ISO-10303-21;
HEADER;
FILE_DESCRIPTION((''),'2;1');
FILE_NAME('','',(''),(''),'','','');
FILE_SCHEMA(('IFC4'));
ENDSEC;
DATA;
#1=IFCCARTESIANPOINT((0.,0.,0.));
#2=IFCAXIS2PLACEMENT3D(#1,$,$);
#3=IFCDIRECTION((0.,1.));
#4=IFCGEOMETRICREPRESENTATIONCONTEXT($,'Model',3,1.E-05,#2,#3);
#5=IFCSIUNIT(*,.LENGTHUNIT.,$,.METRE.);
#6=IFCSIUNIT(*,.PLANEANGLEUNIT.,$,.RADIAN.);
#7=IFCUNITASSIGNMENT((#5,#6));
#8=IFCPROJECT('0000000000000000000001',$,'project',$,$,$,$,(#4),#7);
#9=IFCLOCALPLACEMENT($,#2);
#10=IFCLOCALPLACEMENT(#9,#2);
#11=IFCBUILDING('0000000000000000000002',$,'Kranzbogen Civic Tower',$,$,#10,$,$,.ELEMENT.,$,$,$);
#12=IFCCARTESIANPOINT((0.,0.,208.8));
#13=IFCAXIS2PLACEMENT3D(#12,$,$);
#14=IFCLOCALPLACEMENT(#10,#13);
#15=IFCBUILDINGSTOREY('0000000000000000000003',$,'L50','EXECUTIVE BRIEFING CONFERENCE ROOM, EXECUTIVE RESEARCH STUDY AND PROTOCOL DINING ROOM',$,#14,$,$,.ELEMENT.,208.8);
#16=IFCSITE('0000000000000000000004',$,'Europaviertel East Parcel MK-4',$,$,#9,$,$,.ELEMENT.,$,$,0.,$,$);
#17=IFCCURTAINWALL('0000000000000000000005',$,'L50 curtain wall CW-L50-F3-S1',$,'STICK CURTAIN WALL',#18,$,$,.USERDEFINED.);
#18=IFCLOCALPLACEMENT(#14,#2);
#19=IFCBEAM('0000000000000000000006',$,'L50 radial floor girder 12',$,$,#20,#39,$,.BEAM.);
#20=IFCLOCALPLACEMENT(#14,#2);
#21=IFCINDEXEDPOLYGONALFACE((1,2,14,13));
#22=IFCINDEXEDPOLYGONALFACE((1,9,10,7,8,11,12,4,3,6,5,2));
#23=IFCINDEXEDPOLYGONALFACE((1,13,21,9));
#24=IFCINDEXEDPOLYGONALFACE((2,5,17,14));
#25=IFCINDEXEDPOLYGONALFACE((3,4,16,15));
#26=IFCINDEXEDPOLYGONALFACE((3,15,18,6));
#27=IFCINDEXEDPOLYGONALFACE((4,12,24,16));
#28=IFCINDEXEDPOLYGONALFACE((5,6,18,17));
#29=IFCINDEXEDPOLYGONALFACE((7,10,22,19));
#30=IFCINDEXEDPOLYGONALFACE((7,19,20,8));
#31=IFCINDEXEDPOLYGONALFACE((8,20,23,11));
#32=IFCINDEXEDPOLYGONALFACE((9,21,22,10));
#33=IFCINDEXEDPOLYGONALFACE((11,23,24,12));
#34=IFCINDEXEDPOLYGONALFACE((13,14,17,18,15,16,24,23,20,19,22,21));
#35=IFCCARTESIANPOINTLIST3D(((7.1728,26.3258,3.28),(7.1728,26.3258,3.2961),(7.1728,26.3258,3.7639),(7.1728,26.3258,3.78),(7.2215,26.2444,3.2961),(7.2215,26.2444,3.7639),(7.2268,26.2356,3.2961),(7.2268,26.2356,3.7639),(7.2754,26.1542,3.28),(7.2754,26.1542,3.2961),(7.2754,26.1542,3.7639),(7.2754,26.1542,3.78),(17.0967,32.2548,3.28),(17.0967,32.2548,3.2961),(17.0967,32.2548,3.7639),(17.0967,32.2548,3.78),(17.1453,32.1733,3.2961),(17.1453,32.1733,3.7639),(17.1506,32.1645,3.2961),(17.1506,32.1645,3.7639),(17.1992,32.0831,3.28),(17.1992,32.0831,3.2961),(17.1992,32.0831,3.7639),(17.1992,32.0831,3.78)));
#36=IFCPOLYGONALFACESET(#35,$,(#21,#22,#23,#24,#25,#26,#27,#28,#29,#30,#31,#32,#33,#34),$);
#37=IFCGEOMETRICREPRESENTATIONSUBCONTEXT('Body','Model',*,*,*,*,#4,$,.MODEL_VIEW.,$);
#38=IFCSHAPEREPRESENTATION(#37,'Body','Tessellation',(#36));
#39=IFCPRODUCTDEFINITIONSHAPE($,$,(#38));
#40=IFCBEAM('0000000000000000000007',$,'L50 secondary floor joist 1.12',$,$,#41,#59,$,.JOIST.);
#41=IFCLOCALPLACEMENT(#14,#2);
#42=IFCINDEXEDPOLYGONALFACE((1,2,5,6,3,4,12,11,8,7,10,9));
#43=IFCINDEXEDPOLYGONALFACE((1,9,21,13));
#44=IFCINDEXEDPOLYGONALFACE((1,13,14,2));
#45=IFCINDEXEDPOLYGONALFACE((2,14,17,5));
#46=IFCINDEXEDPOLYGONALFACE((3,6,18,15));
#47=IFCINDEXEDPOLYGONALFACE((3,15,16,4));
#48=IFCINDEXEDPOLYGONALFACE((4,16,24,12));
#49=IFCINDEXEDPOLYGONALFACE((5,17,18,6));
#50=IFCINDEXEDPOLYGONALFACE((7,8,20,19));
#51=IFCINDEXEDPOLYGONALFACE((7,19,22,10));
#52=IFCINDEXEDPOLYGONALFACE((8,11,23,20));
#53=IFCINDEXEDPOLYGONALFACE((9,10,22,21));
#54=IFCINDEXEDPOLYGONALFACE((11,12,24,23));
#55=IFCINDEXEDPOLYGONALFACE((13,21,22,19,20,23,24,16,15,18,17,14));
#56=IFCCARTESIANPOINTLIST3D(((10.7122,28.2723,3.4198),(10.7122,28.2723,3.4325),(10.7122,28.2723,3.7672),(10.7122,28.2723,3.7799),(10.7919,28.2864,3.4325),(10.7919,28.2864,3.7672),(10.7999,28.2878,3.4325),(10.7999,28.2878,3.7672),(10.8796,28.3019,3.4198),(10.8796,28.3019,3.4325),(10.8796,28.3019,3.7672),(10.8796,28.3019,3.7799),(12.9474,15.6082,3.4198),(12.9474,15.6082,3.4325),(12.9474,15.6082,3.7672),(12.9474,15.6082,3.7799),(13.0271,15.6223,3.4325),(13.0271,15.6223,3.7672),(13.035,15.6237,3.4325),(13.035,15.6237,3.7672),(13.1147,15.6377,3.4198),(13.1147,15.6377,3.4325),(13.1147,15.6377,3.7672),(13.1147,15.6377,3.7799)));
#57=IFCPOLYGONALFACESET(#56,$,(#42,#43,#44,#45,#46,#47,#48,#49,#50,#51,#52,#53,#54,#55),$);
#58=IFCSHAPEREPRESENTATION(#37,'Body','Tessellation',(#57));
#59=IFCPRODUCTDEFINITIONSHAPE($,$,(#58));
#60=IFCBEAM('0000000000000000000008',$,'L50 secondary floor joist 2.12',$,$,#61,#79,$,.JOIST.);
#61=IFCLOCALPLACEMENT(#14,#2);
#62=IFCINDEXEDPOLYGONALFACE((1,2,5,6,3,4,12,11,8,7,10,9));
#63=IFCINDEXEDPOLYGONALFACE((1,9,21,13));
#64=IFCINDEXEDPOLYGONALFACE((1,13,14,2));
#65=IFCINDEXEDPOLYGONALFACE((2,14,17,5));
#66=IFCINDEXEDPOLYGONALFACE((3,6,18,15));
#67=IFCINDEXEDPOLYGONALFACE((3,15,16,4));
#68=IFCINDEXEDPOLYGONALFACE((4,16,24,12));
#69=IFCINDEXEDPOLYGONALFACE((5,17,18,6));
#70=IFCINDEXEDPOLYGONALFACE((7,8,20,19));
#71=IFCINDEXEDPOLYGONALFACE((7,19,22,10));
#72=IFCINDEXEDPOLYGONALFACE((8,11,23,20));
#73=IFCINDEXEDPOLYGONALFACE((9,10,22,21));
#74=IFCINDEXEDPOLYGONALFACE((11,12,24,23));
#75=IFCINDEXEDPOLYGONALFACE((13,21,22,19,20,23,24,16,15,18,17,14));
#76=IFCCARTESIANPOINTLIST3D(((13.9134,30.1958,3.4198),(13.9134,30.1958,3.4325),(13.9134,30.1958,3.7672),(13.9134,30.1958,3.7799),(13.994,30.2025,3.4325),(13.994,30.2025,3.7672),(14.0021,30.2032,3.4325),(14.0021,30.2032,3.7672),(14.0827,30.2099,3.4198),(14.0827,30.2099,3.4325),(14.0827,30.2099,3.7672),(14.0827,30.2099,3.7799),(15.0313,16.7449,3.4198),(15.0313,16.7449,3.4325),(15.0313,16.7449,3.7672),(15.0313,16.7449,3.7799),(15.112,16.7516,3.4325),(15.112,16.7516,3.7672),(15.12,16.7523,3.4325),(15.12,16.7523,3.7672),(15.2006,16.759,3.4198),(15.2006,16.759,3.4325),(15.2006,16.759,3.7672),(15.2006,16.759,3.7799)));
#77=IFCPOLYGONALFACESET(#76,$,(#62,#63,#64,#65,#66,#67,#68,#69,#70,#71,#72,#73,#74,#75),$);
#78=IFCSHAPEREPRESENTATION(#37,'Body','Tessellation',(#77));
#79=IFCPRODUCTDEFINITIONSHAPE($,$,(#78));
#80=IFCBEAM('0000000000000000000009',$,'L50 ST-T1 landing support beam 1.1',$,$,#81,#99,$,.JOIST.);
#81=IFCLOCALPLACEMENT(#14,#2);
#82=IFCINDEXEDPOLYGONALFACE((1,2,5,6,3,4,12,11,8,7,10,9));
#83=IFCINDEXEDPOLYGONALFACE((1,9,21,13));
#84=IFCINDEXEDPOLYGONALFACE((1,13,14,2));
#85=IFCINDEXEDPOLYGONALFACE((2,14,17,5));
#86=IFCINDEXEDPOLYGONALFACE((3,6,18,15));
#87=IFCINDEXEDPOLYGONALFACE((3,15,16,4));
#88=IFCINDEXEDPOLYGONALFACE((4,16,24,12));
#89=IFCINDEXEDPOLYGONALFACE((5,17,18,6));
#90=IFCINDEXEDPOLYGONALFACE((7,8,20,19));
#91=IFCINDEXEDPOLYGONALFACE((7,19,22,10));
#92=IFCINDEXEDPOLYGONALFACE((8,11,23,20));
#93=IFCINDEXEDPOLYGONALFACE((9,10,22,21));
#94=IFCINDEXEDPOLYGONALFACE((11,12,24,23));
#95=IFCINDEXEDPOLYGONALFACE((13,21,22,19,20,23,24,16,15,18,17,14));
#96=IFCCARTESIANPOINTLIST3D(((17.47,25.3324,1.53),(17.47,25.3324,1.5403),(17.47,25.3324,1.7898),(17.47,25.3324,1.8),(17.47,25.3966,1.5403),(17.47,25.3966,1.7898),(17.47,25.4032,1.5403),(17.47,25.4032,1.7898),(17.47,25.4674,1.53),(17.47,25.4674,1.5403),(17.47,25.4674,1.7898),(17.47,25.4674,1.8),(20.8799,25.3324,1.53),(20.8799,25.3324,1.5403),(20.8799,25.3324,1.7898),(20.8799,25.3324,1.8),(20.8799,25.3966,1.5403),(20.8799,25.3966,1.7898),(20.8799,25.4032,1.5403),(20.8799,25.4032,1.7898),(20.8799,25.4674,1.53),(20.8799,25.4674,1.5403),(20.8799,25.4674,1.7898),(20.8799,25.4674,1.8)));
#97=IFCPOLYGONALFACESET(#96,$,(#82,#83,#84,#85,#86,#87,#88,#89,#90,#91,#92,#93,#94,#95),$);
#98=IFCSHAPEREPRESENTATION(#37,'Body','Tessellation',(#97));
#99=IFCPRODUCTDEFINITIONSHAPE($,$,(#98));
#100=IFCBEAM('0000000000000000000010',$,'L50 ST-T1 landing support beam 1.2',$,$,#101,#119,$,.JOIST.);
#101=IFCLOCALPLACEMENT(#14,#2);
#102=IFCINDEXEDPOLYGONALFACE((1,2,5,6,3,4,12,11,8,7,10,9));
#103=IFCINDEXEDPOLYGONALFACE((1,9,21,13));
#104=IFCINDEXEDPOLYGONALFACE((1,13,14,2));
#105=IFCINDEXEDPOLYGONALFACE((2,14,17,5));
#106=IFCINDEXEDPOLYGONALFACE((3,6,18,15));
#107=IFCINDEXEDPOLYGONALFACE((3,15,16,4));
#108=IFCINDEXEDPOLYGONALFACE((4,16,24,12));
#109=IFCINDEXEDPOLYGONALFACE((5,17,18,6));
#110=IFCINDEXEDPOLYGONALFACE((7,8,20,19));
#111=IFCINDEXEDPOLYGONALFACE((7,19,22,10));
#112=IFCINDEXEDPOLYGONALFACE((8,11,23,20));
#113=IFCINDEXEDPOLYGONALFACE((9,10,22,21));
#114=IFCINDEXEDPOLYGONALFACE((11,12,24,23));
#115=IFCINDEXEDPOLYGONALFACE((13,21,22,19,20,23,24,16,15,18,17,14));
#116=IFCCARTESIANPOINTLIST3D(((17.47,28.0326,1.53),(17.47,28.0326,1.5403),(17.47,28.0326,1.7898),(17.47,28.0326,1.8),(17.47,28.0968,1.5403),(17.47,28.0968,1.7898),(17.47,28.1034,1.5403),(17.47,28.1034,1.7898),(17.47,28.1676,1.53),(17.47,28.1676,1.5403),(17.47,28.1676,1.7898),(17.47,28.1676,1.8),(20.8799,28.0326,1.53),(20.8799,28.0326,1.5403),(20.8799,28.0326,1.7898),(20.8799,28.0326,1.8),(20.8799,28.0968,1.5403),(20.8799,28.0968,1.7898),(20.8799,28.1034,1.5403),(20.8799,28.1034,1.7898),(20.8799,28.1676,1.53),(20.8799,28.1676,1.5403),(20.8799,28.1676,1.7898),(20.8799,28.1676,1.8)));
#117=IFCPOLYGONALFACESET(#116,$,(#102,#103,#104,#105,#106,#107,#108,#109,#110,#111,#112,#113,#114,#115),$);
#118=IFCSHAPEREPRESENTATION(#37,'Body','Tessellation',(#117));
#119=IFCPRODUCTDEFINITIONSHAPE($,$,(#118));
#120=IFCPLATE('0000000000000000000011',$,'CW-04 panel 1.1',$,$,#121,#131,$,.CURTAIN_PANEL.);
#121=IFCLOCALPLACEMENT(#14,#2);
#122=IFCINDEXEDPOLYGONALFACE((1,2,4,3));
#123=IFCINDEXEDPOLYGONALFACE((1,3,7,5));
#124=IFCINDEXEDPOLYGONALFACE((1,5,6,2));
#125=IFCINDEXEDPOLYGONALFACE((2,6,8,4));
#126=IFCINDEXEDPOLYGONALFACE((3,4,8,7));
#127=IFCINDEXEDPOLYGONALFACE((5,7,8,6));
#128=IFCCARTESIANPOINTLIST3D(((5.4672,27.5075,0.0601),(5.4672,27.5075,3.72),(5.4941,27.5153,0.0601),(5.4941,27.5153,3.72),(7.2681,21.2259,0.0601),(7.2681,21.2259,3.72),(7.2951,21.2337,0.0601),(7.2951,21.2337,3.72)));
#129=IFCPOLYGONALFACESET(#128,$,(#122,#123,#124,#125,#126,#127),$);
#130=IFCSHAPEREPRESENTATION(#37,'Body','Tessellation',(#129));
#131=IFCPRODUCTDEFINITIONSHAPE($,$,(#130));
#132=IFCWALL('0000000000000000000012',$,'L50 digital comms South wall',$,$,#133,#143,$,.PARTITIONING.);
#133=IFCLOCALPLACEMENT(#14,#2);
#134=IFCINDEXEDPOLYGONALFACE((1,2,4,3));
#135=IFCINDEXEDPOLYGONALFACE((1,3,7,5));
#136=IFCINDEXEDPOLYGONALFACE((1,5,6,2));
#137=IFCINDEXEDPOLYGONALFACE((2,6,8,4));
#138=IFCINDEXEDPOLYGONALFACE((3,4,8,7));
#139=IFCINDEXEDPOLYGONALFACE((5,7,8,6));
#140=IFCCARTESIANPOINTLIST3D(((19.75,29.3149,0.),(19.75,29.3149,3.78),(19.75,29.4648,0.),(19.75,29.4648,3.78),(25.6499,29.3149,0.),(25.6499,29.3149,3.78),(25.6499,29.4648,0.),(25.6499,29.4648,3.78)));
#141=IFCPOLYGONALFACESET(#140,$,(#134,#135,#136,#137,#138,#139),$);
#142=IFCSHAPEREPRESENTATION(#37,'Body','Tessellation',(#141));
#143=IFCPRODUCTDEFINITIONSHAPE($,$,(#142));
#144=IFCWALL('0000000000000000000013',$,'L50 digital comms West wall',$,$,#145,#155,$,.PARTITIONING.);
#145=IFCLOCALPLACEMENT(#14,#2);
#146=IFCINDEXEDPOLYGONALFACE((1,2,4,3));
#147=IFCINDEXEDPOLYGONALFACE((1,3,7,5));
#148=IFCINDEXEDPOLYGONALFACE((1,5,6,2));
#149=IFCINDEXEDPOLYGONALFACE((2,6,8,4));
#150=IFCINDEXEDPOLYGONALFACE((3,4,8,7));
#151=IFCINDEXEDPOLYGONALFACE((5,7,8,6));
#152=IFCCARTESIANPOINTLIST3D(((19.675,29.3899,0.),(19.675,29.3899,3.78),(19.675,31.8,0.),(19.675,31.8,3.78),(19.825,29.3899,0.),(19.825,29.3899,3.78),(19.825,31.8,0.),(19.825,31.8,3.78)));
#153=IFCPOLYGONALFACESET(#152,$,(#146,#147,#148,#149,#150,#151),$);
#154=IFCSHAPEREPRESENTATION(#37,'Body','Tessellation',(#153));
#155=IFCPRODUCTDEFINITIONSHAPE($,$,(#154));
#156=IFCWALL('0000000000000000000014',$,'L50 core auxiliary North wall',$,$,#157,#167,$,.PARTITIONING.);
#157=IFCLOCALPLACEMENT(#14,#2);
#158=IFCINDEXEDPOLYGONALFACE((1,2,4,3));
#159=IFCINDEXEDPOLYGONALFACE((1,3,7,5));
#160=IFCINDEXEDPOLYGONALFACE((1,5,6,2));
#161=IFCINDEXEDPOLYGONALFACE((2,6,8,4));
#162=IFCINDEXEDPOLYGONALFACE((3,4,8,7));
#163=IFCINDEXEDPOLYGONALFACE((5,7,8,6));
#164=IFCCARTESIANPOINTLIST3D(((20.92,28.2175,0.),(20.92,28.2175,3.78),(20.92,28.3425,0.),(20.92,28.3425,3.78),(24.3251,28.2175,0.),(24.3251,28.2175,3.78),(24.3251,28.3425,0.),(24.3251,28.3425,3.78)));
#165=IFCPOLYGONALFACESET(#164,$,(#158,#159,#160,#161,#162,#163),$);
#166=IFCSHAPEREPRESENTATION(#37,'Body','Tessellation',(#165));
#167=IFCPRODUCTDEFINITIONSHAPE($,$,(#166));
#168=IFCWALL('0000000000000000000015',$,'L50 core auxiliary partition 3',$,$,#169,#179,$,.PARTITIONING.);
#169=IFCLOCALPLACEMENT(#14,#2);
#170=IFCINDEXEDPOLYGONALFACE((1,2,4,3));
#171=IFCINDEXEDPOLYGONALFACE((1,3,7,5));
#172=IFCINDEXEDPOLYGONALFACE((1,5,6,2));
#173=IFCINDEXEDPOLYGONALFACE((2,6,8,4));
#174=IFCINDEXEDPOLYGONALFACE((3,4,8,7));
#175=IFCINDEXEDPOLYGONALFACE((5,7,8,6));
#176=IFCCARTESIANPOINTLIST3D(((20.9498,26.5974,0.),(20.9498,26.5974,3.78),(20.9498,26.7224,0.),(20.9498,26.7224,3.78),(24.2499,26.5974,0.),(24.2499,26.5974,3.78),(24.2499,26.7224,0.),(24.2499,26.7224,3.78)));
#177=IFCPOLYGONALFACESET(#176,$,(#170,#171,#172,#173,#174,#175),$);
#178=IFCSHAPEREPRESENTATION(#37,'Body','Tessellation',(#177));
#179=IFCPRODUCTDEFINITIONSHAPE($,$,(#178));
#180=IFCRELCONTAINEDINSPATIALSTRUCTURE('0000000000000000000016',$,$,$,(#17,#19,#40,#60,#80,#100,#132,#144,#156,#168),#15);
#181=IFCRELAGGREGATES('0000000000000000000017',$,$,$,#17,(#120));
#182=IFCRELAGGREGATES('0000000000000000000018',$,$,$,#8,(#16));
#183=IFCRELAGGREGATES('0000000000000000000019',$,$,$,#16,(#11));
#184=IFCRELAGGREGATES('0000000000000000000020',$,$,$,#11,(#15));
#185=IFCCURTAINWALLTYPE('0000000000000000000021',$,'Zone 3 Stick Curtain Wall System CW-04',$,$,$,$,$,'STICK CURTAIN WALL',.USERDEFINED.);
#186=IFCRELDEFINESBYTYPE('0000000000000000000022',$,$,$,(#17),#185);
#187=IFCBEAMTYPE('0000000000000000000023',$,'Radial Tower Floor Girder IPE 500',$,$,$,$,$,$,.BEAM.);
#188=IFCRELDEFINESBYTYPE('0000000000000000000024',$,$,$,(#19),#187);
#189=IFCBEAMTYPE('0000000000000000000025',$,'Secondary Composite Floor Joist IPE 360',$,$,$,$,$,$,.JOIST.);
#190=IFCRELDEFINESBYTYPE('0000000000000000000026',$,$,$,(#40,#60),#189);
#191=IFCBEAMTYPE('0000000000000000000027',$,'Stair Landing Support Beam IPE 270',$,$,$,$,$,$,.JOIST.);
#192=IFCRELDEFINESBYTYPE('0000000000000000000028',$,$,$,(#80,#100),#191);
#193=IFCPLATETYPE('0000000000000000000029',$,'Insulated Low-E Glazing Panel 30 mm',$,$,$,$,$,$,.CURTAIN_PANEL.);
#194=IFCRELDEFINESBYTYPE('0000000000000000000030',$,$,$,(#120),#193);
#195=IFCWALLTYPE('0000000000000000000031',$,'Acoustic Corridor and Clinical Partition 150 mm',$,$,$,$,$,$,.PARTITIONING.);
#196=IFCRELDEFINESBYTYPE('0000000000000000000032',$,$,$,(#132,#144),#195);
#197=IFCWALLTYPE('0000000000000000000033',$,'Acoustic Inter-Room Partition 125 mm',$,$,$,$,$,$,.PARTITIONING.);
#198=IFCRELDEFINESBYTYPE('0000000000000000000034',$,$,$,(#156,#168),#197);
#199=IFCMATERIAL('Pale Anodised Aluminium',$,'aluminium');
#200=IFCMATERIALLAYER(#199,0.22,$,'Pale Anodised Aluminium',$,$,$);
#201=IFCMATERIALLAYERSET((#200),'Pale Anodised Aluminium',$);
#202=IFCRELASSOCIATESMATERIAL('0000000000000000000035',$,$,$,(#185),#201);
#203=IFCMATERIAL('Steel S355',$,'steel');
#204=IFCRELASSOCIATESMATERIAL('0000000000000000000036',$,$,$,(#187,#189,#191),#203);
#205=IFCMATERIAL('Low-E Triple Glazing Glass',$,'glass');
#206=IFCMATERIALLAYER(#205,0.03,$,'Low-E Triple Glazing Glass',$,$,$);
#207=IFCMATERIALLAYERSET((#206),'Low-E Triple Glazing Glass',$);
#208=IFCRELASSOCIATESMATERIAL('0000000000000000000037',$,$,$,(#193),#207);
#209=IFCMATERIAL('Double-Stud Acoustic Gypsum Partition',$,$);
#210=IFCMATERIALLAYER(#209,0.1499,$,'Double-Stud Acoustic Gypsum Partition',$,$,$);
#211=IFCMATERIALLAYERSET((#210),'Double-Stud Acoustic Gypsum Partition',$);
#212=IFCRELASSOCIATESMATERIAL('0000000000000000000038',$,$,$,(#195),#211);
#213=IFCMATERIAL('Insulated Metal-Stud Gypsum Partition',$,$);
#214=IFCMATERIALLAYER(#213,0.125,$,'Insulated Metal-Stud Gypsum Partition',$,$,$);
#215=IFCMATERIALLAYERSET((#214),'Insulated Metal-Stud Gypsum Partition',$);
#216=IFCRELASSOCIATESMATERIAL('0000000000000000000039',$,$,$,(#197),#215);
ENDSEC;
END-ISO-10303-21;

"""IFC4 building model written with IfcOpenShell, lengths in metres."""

from ifc_helpers import new_model, si_unit, direction, frame, frame_2d, origin, origin_2d, place, context, subcontext, project, spatial, rectangle, i_section, extrude, material, layer, layer_set, material_profile, profile_set, type_object, element, aggregate, save


model = new_model("IFC4")

# Units and contexts
model_context = context("Model", 3, precision=1e-05, world=origin(), true_north=direction((0.0, 1.0)))
body_context = subcontext(model_context, "Body", "Model", "MODEL_VIEW")
ifc_project = project(units=[si_unit("LENGTHUNIT", "METRE"), si_unit("PLANEANGLEUNIT", "RADIAN")], contexts=[model_context])

# Site, building, storey
site_placement = place(None, origin())
site = spatial("IfcSite", under=ifc_project, at=site_placement, Name="Europaviertel East Parcel MK-4", CompositionType="ELEMENT", RefElevation=0.0)
building_placement = place(site_placement, origin())
building = spatial("IfcBuilding", under=site, at=building_placement, Name="Kranzbogen Civic Tower", CompositionType="ELEMENT")
storey_placement = place(building_placement, frame((0.0, 0.0, 208.8)))
storey = spatial("IfcBuildingStorey", under=building, at=storey_placement, Name="L50", Description="EXECUTIVE BRIEFING CONFERENCE ROOM, EXECUTIVE RESEARCH STUDY AND PROTOCOL DINING ROOM", CompositionType="ELEMENT", Elevation=208.8)

# Shared definitions
ifc_material_1 = material(Name="Steel S355", Category="steel")

# Shared definitions
ifc_material_2 = material(Name="Pale Anodised Aluminium", Category="aluminium")
ifc_layer_1 = layer(ifc_material_2, 0.22, Name="Pale Anodised Aluminium")
ifc_layer_set_1 = layer_set([ifc_layer_1], Name="Pale Anodised Aluminium")
curtain_wall_type = type_object("IfcCurtainWallType", Name="Zone 3 Stick Curtain Wall System CW-04", ElementType="STICK CURTAIN WALL", PredefinedType="USERDEFINED", material=ifc_layer_set_1)

# Curtain wall
curtain_wall_1_placement = place(storey_placement, origin())
curtain_wall_1 = element("IfcCurtainWall", 1, at=curtain_wall_1_placement, inside=storey, type_object=curtain_wall_type, Name="L50 curtain wall CW-L50-F3-S1", ObjectType="STICK CURTAIN WALL", PredefinedType="USERDEFINED")

# Beams
ifc_material_profile_1 = material_profile(ifc_material_1, i_section(OverallWidth=0.2, OverallDepth=0.5, WebThickness=0.0103, FlangeThickness=0.0161, at=origin_2d()), Name="IPE 500")
ifc_profile_set_1 = profile_set([ifc_material_profile_1], Name="Steel S355")
beam_type_1 = type_object("IfcBeamType", Name="Radial Tower Floor Girder IPE 500", PredefinedType="BEAM", material=ifc_profile_set_1)
beam_1_placement = place(storey_placement, frame((7.2241, 26.24, 3.53), z_axis=(0.858459, 0.512883, 0.0), x_axis=(-0.512883, 0.858459, 0.0)))
element("IfcBeam", 2, at=beam_1_placement, inside=storey, type_object=beam_type_1, Name="L50 radial floor girder 12", PredefinedType="BEAM", context=body_context, shape_type="SweptSolid", body=[
    extrude(i_section(OverallWidth=0.2, OverallDepth=0.5, WebThickness=0.0103, FlangeThickness=0.0161, at=origin_2d()), origin(), (0.0, 0.0, 1.0), 11.5601),
])
ifc_material_profile_2 = material_profile(ifc_material_1, i_section(OverallWidth=0.1699, OverallDepth=0.3601, WebThickness=0.0081, FlangeThickness=0.0127, at=origin_2d()), Name="IPE 360")
ifc_profile_set_2 = profile_set([ifc_material_profile_2], Name="Steel S355")
beam_type_2 = type_object("IfcBeamType", Name="Secondary Composite Floor Joist IPE 360", PredefinedType="JOIST", material=ifc_profile_set_2)
beam_2_placement = place(storey_placement, frame((10.7959, 28.2871, 3.5999), z_axis=(0.173806, -0.98478, 0.0), x_axis=(0.98478, 0.173806, 0.0)))
element("IfcBeam", 3, at=beam_2_placement, inside=storey, type_object=beam_type_2, Name="L50 secondary floor joist 1.12", PredefinedType="JOIST", context=body_context, shape_type="SweptSolid", body=[
    extrude(i_section(OverallWidth=0.1699, OverallDepth=0.3601, WebThickness=0.0081, FlangeThickness=0.0127, at=origin_2d()), origin(), (0.0, 0.0, 1.0), 12.8599),
])
beam_3_placement = place(storey_placement, frame((13.998, 30.2029, 3.5999), z_axis=(0.082825, -0.996564, 0.0), x_axis=(0.996564, 0.082825, 0.0)))
element("IfcBeam", 4, at=beam_3_placement, inside=storey, type_object=beam_type_2, Name="L50 secondary floor joist 2.12", PredefinedType="JOIST", context=body_context, shape_type="SweptSolid", body=[
    extrude(i_section(OverallWidth=0.1699, OverallDepth=0.3601, WebThickness=0.0081, FlangeThickness=0.0127, at=origin_2d()), origin(), (0.0, 0.0, 1.0), 13.4973),
])
ifc_material_profile_3 = material_profile(ifc_material_1, i_section(OverallWidth=0.135, OverallDepth=0.27, WebThickness=0.0066, FlangeThickness=0.0103, at=origin_2d()), Name="IPE 270")
ifc_profile_set_3 = profile_set([ifc_material_profile_3], Name="Steel S355")
beam_type_3 = type_object("IfcBeamType", Name="Stair Landing Support Beam IPE 270", PredefinedType="JOIST", material=ifc_profile_set_3)
for number, where, z_axis, x_axis, name in (
    (5, (20.8799, 25.3999, 1.665), (-1.0, 0.0, 0.0), (0.0, -1.0, 0.0), "L50 ST-T1 landing support beam 1.1"),
    (6, (20.8799, 28.1001, 1.665), (-1.0, 0.0, 0.0), (0.0, -1.0, 0.0), "L50 ST-T1 landing support beam 1.2"),
):
    element("IfcBeam", number, at=place(storey_placement, frame(where, z_axis=z_axis, x_axis=x_axis)), inside=storey, type_object=beam_type_3, Name=name, PredefinedType="JOIST", context=body_context, shape_type="SweptSolid", body=[
        extrude(i_section(OverallWidth=0.135, OverallDepth=0.27, WebThickness=0.0066, FlangeThickness=0.0103, at=origin_2d()), origin(), (0.0, 0.0, 1.0), 3.4099),
    ])

# Plate
ifc_material_3 = material(Name="Low-E Triple Glazing Glass", Category="glass")
ifc_layer_2 = layer(ifc_material_3, 0.03, Name="Low-E Triple Glazing Glass")
ifc_layer_set_2 = layer_set([ifc_layer_2], Name="Low-E Triple Glazing Glass")
plate_type = type_object("IfcPlateType", Name="Insulated Low-E Glazing Panel 30 mm", PredefinedType="CURTAIN_PANEL", material=ifc_layer_set_2)
plate_placement = place(storey_placement, frame((6.3811, 24.3706, 0.0601), z_axis=(0.0, 0.0, 1.0), x_axis=(0.275594, -0.961274, 0.0)))
plate = element("IfcPlate", 7, at=plate_placement, type_object=plate_type, Name="CW-04 panel 1.1", PredefinedType="CURTAIN_PANEL", context=body_context, shape_type="SweptSolid", body=[
    extrude(rectangle(XDim=6.5347, YDim=0.0281, at=origin_2d()), origin(), (0.0, 0.0, 1.0), 3.6599),
])
aggregate(curtain_wall_1, [plate])

# Walls
ifc_material_4 = material(Name="Double-Stud Acoustic Gypsum Partition")
ifc_layer_3 = layer(ifc_material_4, 0.1499, Name="Double-Stud Acoustic Gypsum Partition")
ifc_layer_set_3 = layer_set([ifc_layer_3], Name="Double-Stud Acoustic Gypsum Partition")
wall_type_1 = type_object("IfcWallType", Name="Acoustic Corridor and Clinical Partition 150 mm", PredefinedType="PARTITIONING", material=ifc_layer_set_3)
wall_1_placement = place(storey_placement, frame((19.75, 29.3899, 0.0), z_axis=(0.0, 0.0, 1.0), x_axis=(1.0, 0.0, 0.0)))
element("IfcWall", 8, at=wall_1_placement, inside=storey, type_object=wall_type_1, Name="L50 digital comms South wall", PredefinedType="PARTITIONING", context=body_context, shape_type="SweptSolid", body=[
    extrude(rectangle(XDim=5.8999, YDim=0.1499, at=frame_2d((2.95, 0.0))), origin(), (0.0, 0.0, 1.0), 3.78),
])
wall_2_placement = place(storey_placement, frame((19.75, 29.3899, 0.0), z_axis=(0.0, 0.0, 1.0), x_axis=(0.0, 1.0, 0.0)))
element("IfcWall", 9, at=wall_2_placement, inside=storey, type_object=wall_type_1, Name="L50 digital comms West wall", PredefinedType="PARTITIONING", context=body_context, shape_type="SweptSolid", body=[
    extrude(rectangle(XDim=2.4102, YDim=0.1499, at=frame_2d((1.2051, 0.0))), origin(), (0.0, 0.0, 1.0), 3.78),
])
ifc_material_5 = material(Name="Insulated Metal-Stud Gypsum Partition")
ifc_layer_4 = layer(ifc_material_5, 0.125, Name="Insulated Metal-Stud Gypsum Partition")
ifc_layer_set_4 = layer_set([ifc_layer_4], Name="Insulated Metal-Stud Gypsum Partition")
wall_type_2 = type_object("IfcWallType", Name="Acoustic Inter-Room Partition 125 mm", PredefinedType="PARTITIONING", material=ifc_layer_set_4)
wall_3_placement = place(storey_placement, frame((20.9199, 28.28, 0.0), z_axis=(0.0, 0.0, 1.0), x_axis=(1.0, 0.0, 0.0)))
element("IfcWall", 10, at=wall_3_placement, inside=storey, type_object=wall_type_2, Name="L50 core auxiliary North wall", PredefinedType="PARTITIONING", context=body_context, shape_type="SweptSolid", body=[
    extrude(rectangle(XDim=3.405, YDim=0.125, at=frame_2d((1.7026, 0.0))), origin(), (0.0, 0.0, 1.0), 3.78),
])
wall_4_placement = place(storey_placement, frame((20.95, 26.6599, 0.0), z_axis=(0.0, 0.0, 1.0), x_axis=(1.0, 0.0, 0.0)))
element("IfcWall", 11, at=wall_4_placement, inside=storey, type_object=wall_type_2, Name="L50 core auxiliary partition 3", PredefinedType="PARTITIONING", context=body_context, shape_type="SweptSolid", body=[
    extrude(rectangle(XDim=3.3, YDim=0.125, at=frame_2d((1.6499, 0.0))), origin(), (0.0, 0.0, 1.0), 3.78),
])

save(model, "model.ifc")
